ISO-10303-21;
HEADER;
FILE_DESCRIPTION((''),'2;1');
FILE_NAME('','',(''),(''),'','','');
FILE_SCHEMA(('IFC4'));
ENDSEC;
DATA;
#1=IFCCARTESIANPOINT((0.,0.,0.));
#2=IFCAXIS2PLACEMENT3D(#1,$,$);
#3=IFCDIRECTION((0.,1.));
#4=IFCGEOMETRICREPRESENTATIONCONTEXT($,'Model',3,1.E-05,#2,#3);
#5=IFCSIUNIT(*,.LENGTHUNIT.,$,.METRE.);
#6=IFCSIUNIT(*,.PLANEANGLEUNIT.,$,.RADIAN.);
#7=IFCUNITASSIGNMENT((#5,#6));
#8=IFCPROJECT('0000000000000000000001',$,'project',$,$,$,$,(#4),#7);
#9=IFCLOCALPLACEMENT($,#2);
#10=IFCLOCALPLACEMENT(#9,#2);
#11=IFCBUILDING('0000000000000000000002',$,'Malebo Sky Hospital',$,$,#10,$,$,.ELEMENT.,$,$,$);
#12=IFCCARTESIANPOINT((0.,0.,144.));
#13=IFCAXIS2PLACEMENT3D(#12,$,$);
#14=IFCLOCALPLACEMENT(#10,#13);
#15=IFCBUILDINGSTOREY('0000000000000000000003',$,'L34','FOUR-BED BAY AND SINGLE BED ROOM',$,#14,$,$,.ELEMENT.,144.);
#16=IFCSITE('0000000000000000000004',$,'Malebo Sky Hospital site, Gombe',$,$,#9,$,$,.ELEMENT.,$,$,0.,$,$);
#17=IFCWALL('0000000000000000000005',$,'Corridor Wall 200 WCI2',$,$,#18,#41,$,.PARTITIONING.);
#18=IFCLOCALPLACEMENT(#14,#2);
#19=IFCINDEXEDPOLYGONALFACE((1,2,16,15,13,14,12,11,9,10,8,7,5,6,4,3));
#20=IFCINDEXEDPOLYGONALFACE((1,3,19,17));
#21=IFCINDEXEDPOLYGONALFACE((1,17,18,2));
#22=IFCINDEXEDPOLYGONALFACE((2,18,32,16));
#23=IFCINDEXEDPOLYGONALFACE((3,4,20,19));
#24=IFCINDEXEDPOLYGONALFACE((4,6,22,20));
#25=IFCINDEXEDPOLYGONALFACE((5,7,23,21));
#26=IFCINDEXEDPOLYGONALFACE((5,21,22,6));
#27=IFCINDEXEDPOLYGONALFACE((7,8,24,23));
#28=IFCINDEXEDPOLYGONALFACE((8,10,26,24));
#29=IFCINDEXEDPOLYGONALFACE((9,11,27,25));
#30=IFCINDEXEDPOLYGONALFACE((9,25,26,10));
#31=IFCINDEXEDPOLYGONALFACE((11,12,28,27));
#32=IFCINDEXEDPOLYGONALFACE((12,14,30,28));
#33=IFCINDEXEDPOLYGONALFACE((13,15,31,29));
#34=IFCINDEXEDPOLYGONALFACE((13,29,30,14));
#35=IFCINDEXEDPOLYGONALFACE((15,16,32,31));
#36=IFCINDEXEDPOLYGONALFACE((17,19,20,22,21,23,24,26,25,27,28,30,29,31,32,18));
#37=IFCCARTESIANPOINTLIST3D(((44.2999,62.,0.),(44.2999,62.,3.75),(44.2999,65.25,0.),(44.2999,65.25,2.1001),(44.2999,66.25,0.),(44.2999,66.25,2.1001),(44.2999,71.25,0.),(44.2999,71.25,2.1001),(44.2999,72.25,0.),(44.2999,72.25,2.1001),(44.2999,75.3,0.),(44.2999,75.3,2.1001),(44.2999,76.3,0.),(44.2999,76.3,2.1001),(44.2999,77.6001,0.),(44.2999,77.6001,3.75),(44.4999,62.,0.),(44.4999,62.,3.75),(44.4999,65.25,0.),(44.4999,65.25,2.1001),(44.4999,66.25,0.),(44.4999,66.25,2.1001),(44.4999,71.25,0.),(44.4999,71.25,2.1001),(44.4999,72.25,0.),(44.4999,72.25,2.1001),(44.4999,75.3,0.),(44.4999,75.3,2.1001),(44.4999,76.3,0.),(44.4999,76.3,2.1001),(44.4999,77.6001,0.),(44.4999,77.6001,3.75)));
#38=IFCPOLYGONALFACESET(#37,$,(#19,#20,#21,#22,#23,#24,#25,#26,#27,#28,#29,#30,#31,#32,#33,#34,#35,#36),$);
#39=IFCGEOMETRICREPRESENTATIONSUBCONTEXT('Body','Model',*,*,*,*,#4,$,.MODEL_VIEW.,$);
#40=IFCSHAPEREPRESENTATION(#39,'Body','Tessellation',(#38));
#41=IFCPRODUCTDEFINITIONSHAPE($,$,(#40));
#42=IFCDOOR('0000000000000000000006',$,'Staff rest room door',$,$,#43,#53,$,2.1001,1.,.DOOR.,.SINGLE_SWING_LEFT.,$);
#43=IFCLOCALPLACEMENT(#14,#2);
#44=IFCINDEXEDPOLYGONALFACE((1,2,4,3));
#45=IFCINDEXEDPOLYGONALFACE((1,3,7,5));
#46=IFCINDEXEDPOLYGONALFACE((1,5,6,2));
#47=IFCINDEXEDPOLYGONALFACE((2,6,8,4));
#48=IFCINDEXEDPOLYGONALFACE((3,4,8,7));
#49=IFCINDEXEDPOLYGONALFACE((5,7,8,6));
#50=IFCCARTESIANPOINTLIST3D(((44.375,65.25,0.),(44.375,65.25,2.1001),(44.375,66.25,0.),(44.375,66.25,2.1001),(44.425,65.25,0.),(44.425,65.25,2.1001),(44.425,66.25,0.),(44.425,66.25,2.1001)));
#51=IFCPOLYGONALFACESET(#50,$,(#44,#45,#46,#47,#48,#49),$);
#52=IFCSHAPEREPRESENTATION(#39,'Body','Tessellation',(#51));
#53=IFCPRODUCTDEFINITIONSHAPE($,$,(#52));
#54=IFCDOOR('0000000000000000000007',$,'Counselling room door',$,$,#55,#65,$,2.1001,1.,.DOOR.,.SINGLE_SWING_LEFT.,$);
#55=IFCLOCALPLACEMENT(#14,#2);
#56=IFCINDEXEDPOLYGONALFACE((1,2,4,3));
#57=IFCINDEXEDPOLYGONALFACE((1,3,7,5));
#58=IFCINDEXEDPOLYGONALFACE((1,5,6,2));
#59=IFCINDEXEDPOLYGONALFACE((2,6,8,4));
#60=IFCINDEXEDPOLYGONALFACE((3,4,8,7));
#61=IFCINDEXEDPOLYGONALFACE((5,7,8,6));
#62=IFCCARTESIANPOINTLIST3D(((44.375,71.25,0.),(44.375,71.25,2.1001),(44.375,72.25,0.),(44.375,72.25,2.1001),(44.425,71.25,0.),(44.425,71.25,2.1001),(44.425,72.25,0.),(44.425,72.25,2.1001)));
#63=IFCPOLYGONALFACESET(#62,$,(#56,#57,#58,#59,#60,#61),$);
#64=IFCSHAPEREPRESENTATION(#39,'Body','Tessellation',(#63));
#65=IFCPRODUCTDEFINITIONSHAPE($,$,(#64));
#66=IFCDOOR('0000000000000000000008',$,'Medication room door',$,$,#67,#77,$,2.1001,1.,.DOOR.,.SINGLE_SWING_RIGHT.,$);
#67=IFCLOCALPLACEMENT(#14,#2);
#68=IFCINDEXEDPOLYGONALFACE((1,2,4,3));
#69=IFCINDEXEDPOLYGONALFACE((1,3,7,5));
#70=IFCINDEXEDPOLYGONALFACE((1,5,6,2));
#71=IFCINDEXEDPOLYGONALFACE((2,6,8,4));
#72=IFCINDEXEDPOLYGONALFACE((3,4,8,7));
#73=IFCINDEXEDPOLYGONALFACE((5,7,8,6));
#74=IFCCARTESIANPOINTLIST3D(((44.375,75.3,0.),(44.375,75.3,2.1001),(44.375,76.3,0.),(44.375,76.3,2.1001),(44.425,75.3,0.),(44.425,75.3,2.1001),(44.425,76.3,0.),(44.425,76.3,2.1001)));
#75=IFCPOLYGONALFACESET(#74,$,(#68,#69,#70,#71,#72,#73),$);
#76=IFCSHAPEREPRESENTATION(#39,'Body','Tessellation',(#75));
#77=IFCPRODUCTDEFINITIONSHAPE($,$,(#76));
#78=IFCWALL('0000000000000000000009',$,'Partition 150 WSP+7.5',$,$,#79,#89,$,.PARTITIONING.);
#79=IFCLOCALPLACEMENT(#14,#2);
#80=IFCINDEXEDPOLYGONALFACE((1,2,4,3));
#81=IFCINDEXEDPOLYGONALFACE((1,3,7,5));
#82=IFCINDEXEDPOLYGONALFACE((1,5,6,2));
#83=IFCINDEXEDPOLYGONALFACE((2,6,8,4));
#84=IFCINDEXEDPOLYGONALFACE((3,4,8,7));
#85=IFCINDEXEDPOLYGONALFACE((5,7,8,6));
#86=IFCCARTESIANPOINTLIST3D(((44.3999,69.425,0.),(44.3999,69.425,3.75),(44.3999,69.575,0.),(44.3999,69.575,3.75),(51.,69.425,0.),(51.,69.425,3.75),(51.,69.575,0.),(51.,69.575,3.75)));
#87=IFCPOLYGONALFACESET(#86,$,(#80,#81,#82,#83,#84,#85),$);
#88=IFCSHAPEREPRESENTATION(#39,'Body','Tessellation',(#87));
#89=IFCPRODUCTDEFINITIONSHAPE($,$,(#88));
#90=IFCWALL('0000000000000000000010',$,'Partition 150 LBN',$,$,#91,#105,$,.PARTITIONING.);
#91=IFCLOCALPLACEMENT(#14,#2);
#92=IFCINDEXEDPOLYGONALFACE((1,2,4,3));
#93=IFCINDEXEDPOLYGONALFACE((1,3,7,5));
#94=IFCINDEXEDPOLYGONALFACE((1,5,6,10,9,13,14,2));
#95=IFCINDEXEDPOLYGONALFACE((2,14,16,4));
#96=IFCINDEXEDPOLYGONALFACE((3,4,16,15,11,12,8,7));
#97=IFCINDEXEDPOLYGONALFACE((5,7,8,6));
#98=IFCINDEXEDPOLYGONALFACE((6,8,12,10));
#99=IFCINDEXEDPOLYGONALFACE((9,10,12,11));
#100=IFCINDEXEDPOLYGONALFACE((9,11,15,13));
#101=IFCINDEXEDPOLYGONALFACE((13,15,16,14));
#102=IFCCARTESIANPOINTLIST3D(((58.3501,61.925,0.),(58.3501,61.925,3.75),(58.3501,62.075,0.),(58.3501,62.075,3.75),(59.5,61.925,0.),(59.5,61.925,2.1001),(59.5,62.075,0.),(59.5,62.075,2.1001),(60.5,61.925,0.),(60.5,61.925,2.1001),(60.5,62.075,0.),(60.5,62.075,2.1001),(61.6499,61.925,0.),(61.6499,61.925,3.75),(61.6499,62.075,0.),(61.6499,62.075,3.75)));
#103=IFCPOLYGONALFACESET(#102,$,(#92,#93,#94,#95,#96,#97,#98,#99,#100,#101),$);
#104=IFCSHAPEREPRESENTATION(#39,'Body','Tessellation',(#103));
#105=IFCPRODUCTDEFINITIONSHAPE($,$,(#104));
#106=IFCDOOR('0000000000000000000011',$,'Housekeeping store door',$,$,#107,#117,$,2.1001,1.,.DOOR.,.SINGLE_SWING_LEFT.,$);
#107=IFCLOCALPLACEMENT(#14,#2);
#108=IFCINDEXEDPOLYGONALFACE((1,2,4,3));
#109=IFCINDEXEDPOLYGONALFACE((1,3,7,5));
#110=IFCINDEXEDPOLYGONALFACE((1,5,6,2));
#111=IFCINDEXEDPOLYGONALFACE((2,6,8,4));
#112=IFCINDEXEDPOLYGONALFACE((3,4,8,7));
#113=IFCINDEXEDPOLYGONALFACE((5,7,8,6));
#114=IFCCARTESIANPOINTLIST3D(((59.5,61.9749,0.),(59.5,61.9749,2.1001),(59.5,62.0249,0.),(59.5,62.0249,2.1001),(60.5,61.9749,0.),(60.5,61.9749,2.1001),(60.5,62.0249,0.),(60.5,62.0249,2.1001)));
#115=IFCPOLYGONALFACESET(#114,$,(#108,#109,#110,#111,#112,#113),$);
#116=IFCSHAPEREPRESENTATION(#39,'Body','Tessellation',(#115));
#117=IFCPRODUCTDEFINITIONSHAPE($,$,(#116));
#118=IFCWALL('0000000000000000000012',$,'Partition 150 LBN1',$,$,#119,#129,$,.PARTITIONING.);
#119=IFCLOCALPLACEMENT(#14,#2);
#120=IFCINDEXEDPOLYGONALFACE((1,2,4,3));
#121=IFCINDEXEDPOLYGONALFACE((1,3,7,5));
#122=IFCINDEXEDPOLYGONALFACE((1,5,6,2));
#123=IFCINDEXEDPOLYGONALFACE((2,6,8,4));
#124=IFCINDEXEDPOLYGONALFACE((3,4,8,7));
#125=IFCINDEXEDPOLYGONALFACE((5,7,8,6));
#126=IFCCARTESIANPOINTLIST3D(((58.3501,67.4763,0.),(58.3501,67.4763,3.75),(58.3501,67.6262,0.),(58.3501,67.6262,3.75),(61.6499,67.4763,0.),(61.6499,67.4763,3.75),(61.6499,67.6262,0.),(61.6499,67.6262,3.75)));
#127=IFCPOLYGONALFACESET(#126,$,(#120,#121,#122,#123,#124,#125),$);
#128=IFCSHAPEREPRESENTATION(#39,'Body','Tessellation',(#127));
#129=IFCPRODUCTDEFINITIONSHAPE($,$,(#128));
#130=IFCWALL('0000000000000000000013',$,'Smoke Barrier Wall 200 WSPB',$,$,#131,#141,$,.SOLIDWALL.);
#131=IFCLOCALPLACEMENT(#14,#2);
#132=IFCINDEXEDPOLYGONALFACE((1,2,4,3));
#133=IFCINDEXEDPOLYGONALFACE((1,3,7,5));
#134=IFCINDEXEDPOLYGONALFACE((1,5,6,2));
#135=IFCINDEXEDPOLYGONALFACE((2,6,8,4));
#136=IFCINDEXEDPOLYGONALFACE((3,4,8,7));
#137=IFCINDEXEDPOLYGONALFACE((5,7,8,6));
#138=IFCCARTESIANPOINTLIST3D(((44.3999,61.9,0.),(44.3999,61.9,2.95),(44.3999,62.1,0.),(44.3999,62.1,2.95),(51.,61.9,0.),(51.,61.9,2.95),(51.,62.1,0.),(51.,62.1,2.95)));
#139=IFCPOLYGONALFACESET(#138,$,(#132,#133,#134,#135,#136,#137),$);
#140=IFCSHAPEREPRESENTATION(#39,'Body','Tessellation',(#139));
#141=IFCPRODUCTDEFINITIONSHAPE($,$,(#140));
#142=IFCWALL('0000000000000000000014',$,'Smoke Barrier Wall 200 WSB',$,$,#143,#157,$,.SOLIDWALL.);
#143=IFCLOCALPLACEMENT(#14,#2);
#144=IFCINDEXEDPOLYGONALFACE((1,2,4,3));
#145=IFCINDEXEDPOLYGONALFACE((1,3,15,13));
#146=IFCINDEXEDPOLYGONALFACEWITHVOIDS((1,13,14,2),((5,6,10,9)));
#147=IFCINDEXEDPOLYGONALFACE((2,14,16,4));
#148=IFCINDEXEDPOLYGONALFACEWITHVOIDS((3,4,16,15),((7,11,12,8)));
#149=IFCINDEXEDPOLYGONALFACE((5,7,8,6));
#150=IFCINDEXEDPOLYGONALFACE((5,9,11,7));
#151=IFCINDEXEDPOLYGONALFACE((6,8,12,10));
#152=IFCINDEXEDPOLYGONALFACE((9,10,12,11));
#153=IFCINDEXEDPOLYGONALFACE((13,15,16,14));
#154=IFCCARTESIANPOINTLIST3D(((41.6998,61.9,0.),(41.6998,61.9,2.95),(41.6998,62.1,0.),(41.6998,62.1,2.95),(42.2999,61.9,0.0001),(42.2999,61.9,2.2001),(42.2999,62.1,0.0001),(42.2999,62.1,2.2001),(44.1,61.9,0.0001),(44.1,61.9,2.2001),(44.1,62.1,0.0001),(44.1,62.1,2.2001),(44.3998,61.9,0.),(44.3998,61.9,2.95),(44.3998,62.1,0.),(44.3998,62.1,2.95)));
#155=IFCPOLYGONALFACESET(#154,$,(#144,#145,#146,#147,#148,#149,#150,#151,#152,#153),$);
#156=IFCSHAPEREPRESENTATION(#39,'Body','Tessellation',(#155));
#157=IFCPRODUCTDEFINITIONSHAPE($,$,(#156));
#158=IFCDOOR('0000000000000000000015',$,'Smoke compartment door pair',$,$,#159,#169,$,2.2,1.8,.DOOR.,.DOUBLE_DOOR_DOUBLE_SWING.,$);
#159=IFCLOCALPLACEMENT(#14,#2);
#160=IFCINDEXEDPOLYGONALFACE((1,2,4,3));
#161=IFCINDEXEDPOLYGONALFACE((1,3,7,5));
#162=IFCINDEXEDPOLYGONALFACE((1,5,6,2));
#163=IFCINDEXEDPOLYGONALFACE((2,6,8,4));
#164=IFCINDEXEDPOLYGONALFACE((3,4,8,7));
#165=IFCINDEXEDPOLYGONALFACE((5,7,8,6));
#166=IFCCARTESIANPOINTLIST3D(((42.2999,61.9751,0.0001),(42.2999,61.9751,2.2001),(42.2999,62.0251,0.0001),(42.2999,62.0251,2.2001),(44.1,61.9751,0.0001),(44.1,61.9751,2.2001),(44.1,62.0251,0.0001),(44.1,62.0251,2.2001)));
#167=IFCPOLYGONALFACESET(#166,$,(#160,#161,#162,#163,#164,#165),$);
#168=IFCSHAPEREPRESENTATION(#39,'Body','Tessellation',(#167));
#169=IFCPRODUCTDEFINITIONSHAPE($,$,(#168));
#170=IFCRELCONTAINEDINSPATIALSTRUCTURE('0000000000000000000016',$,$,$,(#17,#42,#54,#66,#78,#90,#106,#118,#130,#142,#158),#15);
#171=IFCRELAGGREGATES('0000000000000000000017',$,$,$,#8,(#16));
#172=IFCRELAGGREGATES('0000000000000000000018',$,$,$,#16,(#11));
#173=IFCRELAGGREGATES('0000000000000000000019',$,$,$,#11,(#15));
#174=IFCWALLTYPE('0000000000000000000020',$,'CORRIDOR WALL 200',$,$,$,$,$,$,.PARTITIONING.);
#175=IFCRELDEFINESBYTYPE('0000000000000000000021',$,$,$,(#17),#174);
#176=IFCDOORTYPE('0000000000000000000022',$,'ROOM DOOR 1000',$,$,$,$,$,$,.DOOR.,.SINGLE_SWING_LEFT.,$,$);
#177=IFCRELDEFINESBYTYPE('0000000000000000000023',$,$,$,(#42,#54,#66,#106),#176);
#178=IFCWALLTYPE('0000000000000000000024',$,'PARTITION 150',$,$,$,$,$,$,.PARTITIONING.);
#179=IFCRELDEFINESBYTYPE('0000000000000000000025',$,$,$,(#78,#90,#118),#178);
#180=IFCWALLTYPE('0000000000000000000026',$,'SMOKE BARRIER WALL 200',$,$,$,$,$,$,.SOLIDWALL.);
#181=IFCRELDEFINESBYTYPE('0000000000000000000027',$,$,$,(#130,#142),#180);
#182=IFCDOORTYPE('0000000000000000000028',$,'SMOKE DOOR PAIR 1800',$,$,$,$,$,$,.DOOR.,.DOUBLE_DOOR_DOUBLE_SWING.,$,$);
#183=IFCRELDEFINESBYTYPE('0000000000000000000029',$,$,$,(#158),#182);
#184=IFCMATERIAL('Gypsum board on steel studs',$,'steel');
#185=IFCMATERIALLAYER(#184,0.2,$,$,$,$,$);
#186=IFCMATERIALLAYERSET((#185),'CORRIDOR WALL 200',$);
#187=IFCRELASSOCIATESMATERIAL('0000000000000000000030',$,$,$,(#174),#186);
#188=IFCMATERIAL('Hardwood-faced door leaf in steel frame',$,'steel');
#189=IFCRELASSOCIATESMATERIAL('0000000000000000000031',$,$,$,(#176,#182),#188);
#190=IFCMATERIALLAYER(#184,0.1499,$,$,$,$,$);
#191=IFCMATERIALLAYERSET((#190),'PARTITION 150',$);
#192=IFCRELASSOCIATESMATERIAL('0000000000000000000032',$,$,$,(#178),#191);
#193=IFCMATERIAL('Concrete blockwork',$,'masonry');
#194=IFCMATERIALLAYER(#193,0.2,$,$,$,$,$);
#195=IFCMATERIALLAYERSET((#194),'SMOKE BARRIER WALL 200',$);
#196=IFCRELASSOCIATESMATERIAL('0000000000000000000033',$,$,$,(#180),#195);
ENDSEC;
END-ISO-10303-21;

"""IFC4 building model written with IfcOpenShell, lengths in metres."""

from ifc_helpers import new_model, si_unit, direction, frame, frame_2d, origin, place, context, subcontext, project, spatial, rectangle, extrude, material, layer, layer_set, type_object, element, fill, save


model = new_model("IFC4")

# Units and contexts
model_context = context("Model", 3, precision=1e-05, world=origin(), true_north=direction((0.0, 1.0)))
body_context = subcontext(model_context, "Body", "Model", "MODEL_VIEW")
ifc_project = project(units=[si_unit("LENGTHUNIT", "METRE"), si_unit("PLANEANGLEUNIT", "RADIAN")], contexts=[model_context])

# Site, building, storey
site_placement = place(None, origin())
site = spatial("IfcSite", under=ifc_project, at=site_placement, Name="Malebo Sky Hospital site, Gombe", CompositionType="ELEMENT", RefElevation=0.0)
building_placement = place(site_placement, origin())
building = spatial("IfcBuilding", under=site, at=building_placement, Name="Malebo Sky Hospital", CompositionType="ELEMENT")
storey_placement = place(building_placement, frame((0.0, 0.0, 144.0)))
storey = spatial("IfcBuildingStorey", under=building, at=storey_placement, Name="L34", Description="FOUR-BED BAY AND SINGLE BED ROOM", CompositionType="ELEMENT", Elevation=144.0)

# Shared definitions
ifc_material_1 = material(Name="Hardwood-faced door leaf in steel frame", Category="steel")

# Wall, openings, doors
ifc_material_2 = material(Name="Gypsum board on steel studs", Category="steel")
ifc_layer_1 = layer(ifc_material_2, 0.2)
ifc_layer_set_1 = layer_set([ifc_layer_1], Name="CORRIDOR WALL 200")
wall_type_1 = type_object("IfcWallType", Name="CORRIDOR WALL 200", PredefinedType="PARTITIONING", material=ifc_layer_set_1)
wall_1_placement = place(storey_placement, frame((44.3999, 62.0, 0.0), z_axis=(0.0, 0.0, 1.0), x_axis=(0.0, 1.0, 0.0)))
wall_1 = element("IfcWall", 1, at=wall_1_placement, inside=storey, type_object=wall_type_1, Name="Corridor Wall 200 WCI2", PredefinedType="PARTITIONING", context=body_context, shape_type="SweptSolid", body=[
    extrude(rectangle(XDim=15.6001, YDim=0.2, at=frame_2d((7.8, 0.0))), origin(), (0.0, 0.0, 1.0), 3.75),
])
opening_1_placement = place(wall_1_placement, frame((3.25, 0.0, 0.0)))
opening_1 = element("IfcOpeningElement", 2, at=opening_1_placement, cuts=wall_1, PredefinedType="OPENING", context=body_context, shape_type="SweptSolid", body=[
    extrude(rectangle(XDim=1.0, YDim=2.1001, at=frame_2d((0.5, 1.05))), frame((0.0, 0.1099, 0.0), z_axis=(0.0, -1.0, 0.0), x_axis=(1.0, 0.0, 0.0)), (0.0, 0.0, 1.0), 0.22),
])
opening_2_placement = place(wall_1_placement, frame((9.25, 0.0, 0.0)))
opening_2 = element("IfcOpeningElement", 3, at=opening_2_placement, cuts=wall_1, PredefinedType="OPENING", context=body_context, shape_type="SweptSolid", body=[
    extrude(rectangle(XDim=1.0, YDim=2.1001, at=frame_2d((0.5, 1.05))), frame((0.0, 0.1099, 0.0), z_axis=(0.0, -1.0, 0.0), x_axis=(1.0, 0.0, 0.0)), (0.0, 0.0, 1.0), 0.22),
])
opening_3_placement = place(wall_1_placement, frame((13.3, 0.0, 0.0)))
opening_3 = element("IfcOpeningElement", 4, at=opening_3_placement, cuts=wall_1, PredefinedType="OPENING", context=body_context, shape_type="SweptSolid", body=[
    extrude(rectangle(XDim=1.0, YDim=2.1001, at=frame_2d((0.5, 1.05))), frame((0.0, 0.1099, 0.0), z_axis=(0.0, -1.0, 0.0), x_axis=(1.0, 0.0, 0.0)), (0.0, 0.0, 1.0), 0.22),
])
door_type_1 = type_object("IfcDoorType", Name="ROOM DOOR 1000", OperationType="SINGLE_SWING_LEFT", PredefinedType="DOOR", material=ifc_material_1)
door_1_placement = place(opening_1_placement, origin())
door_1 = element("IfcDoor", 5, at=door_1_placement, inside=storey, type_object=door_type_1, Name="Staff rest room door", OperationType="SINGLE_SWING_LEFT", OverallHeight=2.1001, OverallWidth=1.0, PredefinedType="DOOR", context=body_context, shape_type="SweptSolid", body=[
    extrude(rectangle(XDim=1.0, YDim=2.1001, at=frame_2d((0.5, 1.05))), frame((0.0, 0.0249, 0.0), z_axis=(0.0, -1.0, 0.0), x_axis=(1.0, 0.0, 0.0)), (0.0, 0.0, 1.0), 0.05),
])
fill(opening_1, door_1)
door_2_placement = place(opening_2_placement, origin())
door_2 = element("IfcDoor", 6, at=door_2_placement, inside=storey, type_object=door_type_1, Name="Counselling room door", OperationType="SINGLE_SWING_LEFT", OverallHeight=2.1001, OverallWidth=1.0, PredefinedType="DOOR", context=body_context, shape_type="SweptSolid", body=[
    extrude(rectangle(XDim=1.0, YDim=2.1001, at=frame_2d((0.5, 1.05))), frame((0.0, 0.0249, 0.0), z_axis=(0.0, -1.0, 0.0), x_axis=(1.0, 0.0, 0.0)), (0.0, 0.0, 1.0), 0.05),
])
fill(opening_2, door_2)
door_3_placement = place(opening_3_placement, origin())
door_3 = element("IfcDoor", 7, at=door_3_placement, inside=storey, type_object=door_type_1, Name="Medication room door", OperationType="SINGLE_SWING_RIGHT", OverallHeight=2.1001, OverallWidth=1.0, PredefinedType="DOOR", context=body_context, shape_type="SweptSolid", body=[
    extrude(rectangle(XDim=1.0, YDim=2.1001, at=frame_2d((0.5, 1.05))), frame((0.0, 0.0249, 0.0), z_axis=(0.0, -1.0, 0.0), x_axis=(1.0, 0.0, 0.0)), (0.0, 0.0, 1.0), 0.05),
])
fill(opening_3, door_3)

# Wall
ifc_layer_2 = layer(ifc_material_2, 0.1499)
ifc_layer_set_2 = layer_set([ifc_layer_2], Name="PARTITION 150")
wall_type_2 = type_object("IfcWallType", Name="PARTITION 150", PredefinedType="PARTITIONING", material=ifc_layer_set_2)
wall_2_placement = place(storey_placement, frame((51.0, 69.5, 0.0), z_axis=(0.0, 0.0, 1.0), x_axis=(-1.0, 0.0, 0.0)))
element("IfcWall", 8, at=wall_2_placement, inside=storey, type_object=wall_type_2, Name="Partition 150 WSP+7.5", PredefinedType="PARTITIONING", context=body_context, shape_type="SweptSolid", body=[
    extrude(rectangle(XDim=6.6001, YDim=0.1499, at=frame_2d((3.3, 0.0))), origin(), (0.0, 0.0, 1.0), 3.75),
])

# Wall, opening, door
wall_3_placement = place(storey_placement, frame((58.3501, 62.0, 0.0), z_axis=(0.0, 0.0, 1.0), x_axis=(1.0, 0.0, 0.0)))
wall_3 = element("IfcWall", 9, at=wall_3_placement, inside=storey, type_object=wall_type_2, Name="Partition 150 LBN", PredefinedType="PARTITIONING", context=body_context, shape_type="SweptSolid", body=[
    extrude(rectangle(XDim=3.2998, YDim=0.1499, at=frame_2d((1.6499, 0.0))), origin(), (0.0, 0.0, 1.0), 3.75),
])
opening_4_placement = place(wall_3_placement, frame((1.1499, 0.0, 0.0)))
opening_4 = element("IfcOpeningElement", 10, at=opening_4_placement, cuts=wall_3, PredefinedType="OPENING", context=body_context, shape_type="SweptSolid", body=[
    extrude(rectangle(XDim=1.0, YDim=2.1001, at=frame_2d((0.5, 1.05))), frame((0.0, 0.085, 0.0), z_axis=(0.0, -1.0, 0.0), x_axis=(1.0, 0.0, 0.0)), (0.0, 0.0, 1.0), 0.1699),
])
door_4_placement = place(opening_4_placement, origin())
door_4 = element("IfcDoor", 11, at=door_4_placement, inside=storey, type_object=door_type_1, Name="Housekeeping store door", OperationType="SINGLE_SWING_LEFT", OverallHeight=2.1001, OverallWidth=1.0, PredefinedType="DOOR", context=body_context, shape_type="SweptSolid", body=[
    extrude(rectangle(XDim=1.0, YDim=2.1001, at=frame_2d((0.5, 1.05))), frame((0.0, 0.0249, 0.0), z_axis=(0.0, -1.0, 0.0), x_axis=(1.0, 0.0, 0.0)), (0.0, 0.0, 1.0), 0.05),
])
fill(opening_4, door_4)

# Walls
wall_4_placement = place(storey_placement, frame((58.3501, 67.5513, 0.0), z_axis=(0.0, 0.0, 1.0), x_axis=(1.0, 0.0, 0.0)))
element("IfcWall", 12, at=wall_4_placement, inside=storey, type_object=wall_type_2, Name="Partition 150 LBN1", PredefinedType="PARTITIONING", context=body_context, shape_type="SweptSolid", body=[
    extrude(rectangle(XDim=3.2998, YDim=0.1499, at=frame_2d((1.6499, 0.0))), origin(), (0.0, 0.0, 1.0), 3.75),
])
ifc_material_3 = material(Name="Concrete blockwork", Category="masonry")
ifc_layer_3 = layer(ifc_material_3, 0.2)
ifc_layer_set_3 = layer_set([ifc_layer_3], Name="SMOKE BARRIER WALL 200")
wall_type_3 = type_object("IfcWallType", Name="SMOKE BARRIER WALL 200", PredefinedType="SOLIDWALL", material=ifc_layer_set_3)
wall_5_placement = place(storey_placement, frame((51.0, 62.0, 0.0), z_axis=(0.0, 0.0, 1.0), x_axis=(-1.0, 0.0, 0.0)))
element("IfcWall", 13, at=wall_5_placement, inside=storey, type_object=wall_type_3, Name="Smoke Barrier Wall 200 WSPB", PredefinedType="SOLIDWALL", context=body_context, shape_type="SweptSolid", body=[
    extrude(rectangle(XDim=6.6001, YDim=0.2, at=frame_2d((3.3, 0.0))), origin(), (0.0, 0.0, 1.0), 2.95),
])

# Wall, opening, door
wall_6_placement = place(storey_placement, frame((44.3999, 62.0, 0.0), z_axis=(0.0, 0.0, 1.0), x_axis=(-1.0, 0.0, 0.0)))
wall_6 = element("IfcWall", 14, at=wall_6_placement, inside=storey, type_object=wall_type_3, Name="Smoke Barrier Wall 200 WSB", PredefinedType="SOLIDWALL", context=body_context, shape_type="SweptSolid", body=[
    extrude(rectangle(XDim=2.7, YDim=0.2, at=frame_2d((1.3501, 0.0))), origin(), (0.0, 0.0, 1.0), 2.95),
])
opening_5_placement = place(wall_6_placement, frame((0.3, 0.0, 0.0)))
opening_5 = element("IfcOpeningElement", 15, at=opening_5_placement, cuts=wall_6, PredefinedType="OPENING", context=body_context, shape_type="SweptSolid", body=[
    extrude(rectangle(XDim=1.8, YDim=2.2, at=frame_2d((0.8999, 1.1001))), frame((0.0, 0.1099, 0.0), z_axis=(0.0, -1.0, 0.0), x_axis=(1.0, 0.0, 0.0)), (0.0, 0.0, 1.0), 0.22),
])
door_type_2 = type_object("IfcDoorType", Name="SMOKE DOOR PAIR 1800", OperationType="DOUBLE_DOOR_DOUBLE_SWING", PredefinedType="DOOR", material=ifc_material_1)
door_5_placement = place(opening_5_placement, origin())
door_5 = element("IfcDoor", 16, at=door_5_placement, inside=storey, type_object=door_type_2, Name="Smoke compartment door pair", OperationType="DOUBLE_DOOR_DOUBLE_SWING", OverallHeight=2.2, OverallWidth=1.8, PredefinedType="DOOR", context=body_context, shape_type="SweptSolid", body=[
    extrude(rectangle(XDim=1.8, YDim=2.2, at=frame_2d((0.8999, 1.1001))), frame((0.0, 0.0249, 0.0), z_axis=(0.0, -1.0, 0.0), x_axis=(1.0, 0.0, 0.0)), (0.0, 0.0, 1.0), 0.05),
])
fill(opening_5, door_5)

save(model, "model.ifc")
